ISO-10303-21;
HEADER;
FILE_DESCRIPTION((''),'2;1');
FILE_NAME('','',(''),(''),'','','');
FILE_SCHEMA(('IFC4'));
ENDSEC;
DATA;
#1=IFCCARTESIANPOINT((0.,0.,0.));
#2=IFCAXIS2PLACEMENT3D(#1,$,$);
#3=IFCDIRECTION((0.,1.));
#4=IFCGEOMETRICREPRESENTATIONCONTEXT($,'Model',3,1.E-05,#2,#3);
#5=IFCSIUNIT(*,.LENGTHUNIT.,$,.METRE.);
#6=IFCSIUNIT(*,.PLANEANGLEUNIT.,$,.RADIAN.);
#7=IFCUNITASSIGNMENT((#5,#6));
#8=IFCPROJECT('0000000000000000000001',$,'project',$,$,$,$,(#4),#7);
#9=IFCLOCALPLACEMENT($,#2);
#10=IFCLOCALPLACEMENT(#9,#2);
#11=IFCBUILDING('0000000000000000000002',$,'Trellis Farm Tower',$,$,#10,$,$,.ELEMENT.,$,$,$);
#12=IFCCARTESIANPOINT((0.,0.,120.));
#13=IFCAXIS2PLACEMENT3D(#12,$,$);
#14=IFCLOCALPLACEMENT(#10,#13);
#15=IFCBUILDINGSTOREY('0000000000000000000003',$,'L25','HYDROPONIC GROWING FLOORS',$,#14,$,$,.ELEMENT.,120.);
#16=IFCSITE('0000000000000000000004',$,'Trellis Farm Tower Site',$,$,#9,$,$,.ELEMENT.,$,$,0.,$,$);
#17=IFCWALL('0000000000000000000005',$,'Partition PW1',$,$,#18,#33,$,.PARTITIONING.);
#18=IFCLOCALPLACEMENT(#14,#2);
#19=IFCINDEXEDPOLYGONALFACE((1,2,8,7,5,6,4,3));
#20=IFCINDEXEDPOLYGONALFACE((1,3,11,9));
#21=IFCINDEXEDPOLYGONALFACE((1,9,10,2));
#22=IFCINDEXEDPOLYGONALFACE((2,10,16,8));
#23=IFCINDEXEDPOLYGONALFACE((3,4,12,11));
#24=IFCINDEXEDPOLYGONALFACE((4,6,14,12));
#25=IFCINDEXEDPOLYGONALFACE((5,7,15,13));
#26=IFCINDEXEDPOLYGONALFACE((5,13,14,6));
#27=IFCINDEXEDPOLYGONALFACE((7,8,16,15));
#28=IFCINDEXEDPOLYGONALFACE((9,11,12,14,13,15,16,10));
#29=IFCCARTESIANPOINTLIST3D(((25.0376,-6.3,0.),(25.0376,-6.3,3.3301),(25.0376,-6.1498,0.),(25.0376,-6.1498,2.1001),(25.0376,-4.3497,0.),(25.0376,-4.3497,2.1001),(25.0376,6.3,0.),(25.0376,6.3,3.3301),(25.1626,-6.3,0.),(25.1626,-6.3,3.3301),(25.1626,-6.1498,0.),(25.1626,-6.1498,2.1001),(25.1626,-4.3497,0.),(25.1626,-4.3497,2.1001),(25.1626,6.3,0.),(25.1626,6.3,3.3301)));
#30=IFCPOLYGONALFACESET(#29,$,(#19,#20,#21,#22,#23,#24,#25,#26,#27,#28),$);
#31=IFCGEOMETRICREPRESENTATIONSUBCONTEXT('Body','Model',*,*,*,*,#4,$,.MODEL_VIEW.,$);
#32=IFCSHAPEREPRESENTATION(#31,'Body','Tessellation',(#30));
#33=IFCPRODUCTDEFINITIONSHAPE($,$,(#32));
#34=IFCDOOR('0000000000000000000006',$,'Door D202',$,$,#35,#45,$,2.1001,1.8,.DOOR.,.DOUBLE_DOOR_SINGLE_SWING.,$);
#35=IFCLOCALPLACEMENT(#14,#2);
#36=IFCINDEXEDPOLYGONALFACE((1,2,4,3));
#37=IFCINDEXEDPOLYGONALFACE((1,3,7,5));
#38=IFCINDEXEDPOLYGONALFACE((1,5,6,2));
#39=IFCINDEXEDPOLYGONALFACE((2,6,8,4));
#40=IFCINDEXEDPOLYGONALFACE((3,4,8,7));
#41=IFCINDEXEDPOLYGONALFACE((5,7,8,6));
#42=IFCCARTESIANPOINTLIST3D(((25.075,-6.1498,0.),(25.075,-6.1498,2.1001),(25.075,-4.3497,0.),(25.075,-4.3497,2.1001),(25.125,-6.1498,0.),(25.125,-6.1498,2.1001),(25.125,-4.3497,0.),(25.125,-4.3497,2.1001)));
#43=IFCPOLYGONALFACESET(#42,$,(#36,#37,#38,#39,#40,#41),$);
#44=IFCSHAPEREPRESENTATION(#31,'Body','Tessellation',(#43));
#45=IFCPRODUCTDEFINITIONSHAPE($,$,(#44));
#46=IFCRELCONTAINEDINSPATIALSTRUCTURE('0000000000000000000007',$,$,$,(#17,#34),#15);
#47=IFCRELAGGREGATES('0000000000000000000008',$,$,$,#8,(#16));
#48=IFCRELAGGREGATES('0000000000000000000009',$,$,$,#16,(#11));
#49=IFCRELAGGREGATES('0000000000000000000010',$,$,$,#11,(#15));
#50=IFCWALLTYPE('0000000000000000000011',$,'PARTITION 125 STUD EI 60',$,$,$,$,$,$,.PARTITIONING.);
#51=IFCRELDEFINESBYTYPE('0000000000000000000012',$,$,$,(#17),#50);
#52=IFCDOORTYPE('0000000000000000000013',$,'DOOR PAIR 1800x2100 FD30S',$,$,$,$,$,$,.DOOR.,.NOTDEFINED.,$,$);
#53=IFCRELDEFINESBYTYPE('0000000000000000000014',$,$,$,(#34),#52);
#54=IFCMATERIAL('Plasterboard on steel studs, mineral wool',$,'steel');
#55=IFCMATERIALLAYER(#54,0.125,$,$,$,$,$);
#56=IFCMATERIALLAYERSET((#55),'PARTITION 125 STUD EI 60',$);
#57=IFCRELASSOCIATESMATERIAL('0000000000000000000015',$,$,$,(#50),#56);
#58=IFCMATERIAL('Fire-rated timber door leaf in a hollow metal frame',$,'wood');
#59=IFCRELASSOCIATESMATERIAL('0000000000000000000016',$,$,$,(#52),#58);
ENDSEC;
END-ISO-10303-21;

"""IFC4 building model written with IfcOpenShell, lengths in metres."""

from ifc_helpers import new_model, si_unit, direction, frame, frame_2d, origin, place, context, subcontext, project, spatial, rectangle, extrude, source, transform, mapped, material, layer, layer_set, type_object, element, fill, save


model = new_model("IFC4")

# Units and contexts
model_context = context("Model", 3, precision=1e-05, world=origin(), true_north=direction((0.0, 1.0)))
body_context = subcontext(model_context, "Body", "Model", "MODEL_VIEW")
ifc_project = project(units=[si_unit("LENGTHUNIT", "METRE"), si_unit("PLANEANGLEUNIT", "RADIAN")], contexts=[model_context])

# Site, building, storey
site_placement = place(None, origin())
site = spatial("IfcSite", under=ifc_project, at=site_placement, Name="Trellis Farm Tower Site", CompositionType="ELEMENT", RefElevation=0.0)
building_placement = place(site_placement, origin())
building = spatial("IfcBuilding", under=site, at=building_placement, Name="Trellis Farm Tower", CompositionType="ELEMENT")
storey_placement = place(building_placement, frame((0.0, 0.0, 120.0)))
storey = spatial("IfcBuildingStorey", under=building, at=storey_placement, Name="L25", Description="HYDROPONIC GROWING FLOORS", CompositionType="ELEMENT", Elevation=120.0)

# Wall, opening, door
ifc_material_1 = material(Name="Plasterboard on steel studs, mineral wool", Category="steel")
ifc_layer_1 = layer(ifc_material_1, 0.125)
ifc_layer_set_1 = layer_set([ifc_layer_1], Name="PARTITION 125 STUD EI 60")
wall_type_1 = type_object("IfcWallType", Name="PARTITION 125 STUD EI 60", PredefinedType="PARTITIONING", material=ifc_layer_set_1)
shared_shape_1 = source(origin(), body_context, "Body", "SweptSolid", [
    extrude(rectangle(XDim=12.6001, YDim=0.125, at=frame_2d((6.3, 0.0))), origin(), (0.0, 0.0, 1.0), 3.3301),
])
wall_1_placement = place(storey_placement, frame((25.1001, 6.3, 0.0), z_axis=(0.0, 0.0, 1.0), x_axis=(0.0, -1.0, 0.0)))
wall_1 = element("IfcWall", 1, at=wall_1_placement, inside=storey, type_object=wall_type_1, Name="Partition PW1", PredefinedType="PARTITIONING", context=body_context, shape_type="MappedRepresentation", body=[
    mapped(shared_shape_1, transform((0.0, 0.0, 0.0))),
])
shared_shape_2 = source(origin(), body_context, "Body", "SweptSolid", [
    extrude(rectangle(XDim=1.8, YDim=2.1001, at=frame_2d((0.8999, 1.05))), frame((0.0, 0.0725, 0.0), z_axis=(0.0, -1.0, 0.0), x_axis=(1.0, 0.0, 0.0)), (0.0, 0.0, 1.0), 0.145),
])
opening_1_placement = place(wall_1_placement, frame((10.6499, 0.0, 0.0)))
opening_1 = element("IfcOpeningElement", 2, at=opening_1_placement, cuts=wall_1, PredefinedType="OPENING", context=body_context, shape_type="MappedRepresentation", body=[
    mapped(shared_shape_2, transform((0.0, 0.0, 0.0))),
])
ifc_material_2 = material(Name="Fire-rated timber door leaf in a hollow metal frame", Category="wood")
door_type_1 = type_object("IfcDoorType", Name="DOOR PAIR 1800x2100 FD30S", OperationType="NOTDEFINED", PredefinedType="DOOR", material=ifc_material_2)
shared_shape_3 = source(origin(), body_context, "Body", "SweptSolid", [
    extrude(rectangle(XDim=1.8, YDim=2.1001, at=frame_2d((0.8999, 1.05))), frame((0.0, 0.0249, 0.0), z_axis=(0.0, -1.0, 0.0), x_axis=(1.0, 0.0, 0.0)), (0.0, 0.0, 1.0), 0.05),
])
door_1_placement = place(opening_1_placement, origin())
door_1 = element("IfcDoor", 3, at=door_1_placement, inside=storey, type_object=door_type_1, Name="Door D202", OperationType="DOUBLE_DOOR_SINGLE_SWING", OverallHeight=2.1001, OverallWidth=1.8, PredefinedType="DOOR", context=body_context, shape_type="MappedRepresentation", body=[
    mapped(shared_shape_3, transform((0.0, 0.0, 0.0))),
])
fill(opening_1, door_1)

save(model, "model.ifc")
